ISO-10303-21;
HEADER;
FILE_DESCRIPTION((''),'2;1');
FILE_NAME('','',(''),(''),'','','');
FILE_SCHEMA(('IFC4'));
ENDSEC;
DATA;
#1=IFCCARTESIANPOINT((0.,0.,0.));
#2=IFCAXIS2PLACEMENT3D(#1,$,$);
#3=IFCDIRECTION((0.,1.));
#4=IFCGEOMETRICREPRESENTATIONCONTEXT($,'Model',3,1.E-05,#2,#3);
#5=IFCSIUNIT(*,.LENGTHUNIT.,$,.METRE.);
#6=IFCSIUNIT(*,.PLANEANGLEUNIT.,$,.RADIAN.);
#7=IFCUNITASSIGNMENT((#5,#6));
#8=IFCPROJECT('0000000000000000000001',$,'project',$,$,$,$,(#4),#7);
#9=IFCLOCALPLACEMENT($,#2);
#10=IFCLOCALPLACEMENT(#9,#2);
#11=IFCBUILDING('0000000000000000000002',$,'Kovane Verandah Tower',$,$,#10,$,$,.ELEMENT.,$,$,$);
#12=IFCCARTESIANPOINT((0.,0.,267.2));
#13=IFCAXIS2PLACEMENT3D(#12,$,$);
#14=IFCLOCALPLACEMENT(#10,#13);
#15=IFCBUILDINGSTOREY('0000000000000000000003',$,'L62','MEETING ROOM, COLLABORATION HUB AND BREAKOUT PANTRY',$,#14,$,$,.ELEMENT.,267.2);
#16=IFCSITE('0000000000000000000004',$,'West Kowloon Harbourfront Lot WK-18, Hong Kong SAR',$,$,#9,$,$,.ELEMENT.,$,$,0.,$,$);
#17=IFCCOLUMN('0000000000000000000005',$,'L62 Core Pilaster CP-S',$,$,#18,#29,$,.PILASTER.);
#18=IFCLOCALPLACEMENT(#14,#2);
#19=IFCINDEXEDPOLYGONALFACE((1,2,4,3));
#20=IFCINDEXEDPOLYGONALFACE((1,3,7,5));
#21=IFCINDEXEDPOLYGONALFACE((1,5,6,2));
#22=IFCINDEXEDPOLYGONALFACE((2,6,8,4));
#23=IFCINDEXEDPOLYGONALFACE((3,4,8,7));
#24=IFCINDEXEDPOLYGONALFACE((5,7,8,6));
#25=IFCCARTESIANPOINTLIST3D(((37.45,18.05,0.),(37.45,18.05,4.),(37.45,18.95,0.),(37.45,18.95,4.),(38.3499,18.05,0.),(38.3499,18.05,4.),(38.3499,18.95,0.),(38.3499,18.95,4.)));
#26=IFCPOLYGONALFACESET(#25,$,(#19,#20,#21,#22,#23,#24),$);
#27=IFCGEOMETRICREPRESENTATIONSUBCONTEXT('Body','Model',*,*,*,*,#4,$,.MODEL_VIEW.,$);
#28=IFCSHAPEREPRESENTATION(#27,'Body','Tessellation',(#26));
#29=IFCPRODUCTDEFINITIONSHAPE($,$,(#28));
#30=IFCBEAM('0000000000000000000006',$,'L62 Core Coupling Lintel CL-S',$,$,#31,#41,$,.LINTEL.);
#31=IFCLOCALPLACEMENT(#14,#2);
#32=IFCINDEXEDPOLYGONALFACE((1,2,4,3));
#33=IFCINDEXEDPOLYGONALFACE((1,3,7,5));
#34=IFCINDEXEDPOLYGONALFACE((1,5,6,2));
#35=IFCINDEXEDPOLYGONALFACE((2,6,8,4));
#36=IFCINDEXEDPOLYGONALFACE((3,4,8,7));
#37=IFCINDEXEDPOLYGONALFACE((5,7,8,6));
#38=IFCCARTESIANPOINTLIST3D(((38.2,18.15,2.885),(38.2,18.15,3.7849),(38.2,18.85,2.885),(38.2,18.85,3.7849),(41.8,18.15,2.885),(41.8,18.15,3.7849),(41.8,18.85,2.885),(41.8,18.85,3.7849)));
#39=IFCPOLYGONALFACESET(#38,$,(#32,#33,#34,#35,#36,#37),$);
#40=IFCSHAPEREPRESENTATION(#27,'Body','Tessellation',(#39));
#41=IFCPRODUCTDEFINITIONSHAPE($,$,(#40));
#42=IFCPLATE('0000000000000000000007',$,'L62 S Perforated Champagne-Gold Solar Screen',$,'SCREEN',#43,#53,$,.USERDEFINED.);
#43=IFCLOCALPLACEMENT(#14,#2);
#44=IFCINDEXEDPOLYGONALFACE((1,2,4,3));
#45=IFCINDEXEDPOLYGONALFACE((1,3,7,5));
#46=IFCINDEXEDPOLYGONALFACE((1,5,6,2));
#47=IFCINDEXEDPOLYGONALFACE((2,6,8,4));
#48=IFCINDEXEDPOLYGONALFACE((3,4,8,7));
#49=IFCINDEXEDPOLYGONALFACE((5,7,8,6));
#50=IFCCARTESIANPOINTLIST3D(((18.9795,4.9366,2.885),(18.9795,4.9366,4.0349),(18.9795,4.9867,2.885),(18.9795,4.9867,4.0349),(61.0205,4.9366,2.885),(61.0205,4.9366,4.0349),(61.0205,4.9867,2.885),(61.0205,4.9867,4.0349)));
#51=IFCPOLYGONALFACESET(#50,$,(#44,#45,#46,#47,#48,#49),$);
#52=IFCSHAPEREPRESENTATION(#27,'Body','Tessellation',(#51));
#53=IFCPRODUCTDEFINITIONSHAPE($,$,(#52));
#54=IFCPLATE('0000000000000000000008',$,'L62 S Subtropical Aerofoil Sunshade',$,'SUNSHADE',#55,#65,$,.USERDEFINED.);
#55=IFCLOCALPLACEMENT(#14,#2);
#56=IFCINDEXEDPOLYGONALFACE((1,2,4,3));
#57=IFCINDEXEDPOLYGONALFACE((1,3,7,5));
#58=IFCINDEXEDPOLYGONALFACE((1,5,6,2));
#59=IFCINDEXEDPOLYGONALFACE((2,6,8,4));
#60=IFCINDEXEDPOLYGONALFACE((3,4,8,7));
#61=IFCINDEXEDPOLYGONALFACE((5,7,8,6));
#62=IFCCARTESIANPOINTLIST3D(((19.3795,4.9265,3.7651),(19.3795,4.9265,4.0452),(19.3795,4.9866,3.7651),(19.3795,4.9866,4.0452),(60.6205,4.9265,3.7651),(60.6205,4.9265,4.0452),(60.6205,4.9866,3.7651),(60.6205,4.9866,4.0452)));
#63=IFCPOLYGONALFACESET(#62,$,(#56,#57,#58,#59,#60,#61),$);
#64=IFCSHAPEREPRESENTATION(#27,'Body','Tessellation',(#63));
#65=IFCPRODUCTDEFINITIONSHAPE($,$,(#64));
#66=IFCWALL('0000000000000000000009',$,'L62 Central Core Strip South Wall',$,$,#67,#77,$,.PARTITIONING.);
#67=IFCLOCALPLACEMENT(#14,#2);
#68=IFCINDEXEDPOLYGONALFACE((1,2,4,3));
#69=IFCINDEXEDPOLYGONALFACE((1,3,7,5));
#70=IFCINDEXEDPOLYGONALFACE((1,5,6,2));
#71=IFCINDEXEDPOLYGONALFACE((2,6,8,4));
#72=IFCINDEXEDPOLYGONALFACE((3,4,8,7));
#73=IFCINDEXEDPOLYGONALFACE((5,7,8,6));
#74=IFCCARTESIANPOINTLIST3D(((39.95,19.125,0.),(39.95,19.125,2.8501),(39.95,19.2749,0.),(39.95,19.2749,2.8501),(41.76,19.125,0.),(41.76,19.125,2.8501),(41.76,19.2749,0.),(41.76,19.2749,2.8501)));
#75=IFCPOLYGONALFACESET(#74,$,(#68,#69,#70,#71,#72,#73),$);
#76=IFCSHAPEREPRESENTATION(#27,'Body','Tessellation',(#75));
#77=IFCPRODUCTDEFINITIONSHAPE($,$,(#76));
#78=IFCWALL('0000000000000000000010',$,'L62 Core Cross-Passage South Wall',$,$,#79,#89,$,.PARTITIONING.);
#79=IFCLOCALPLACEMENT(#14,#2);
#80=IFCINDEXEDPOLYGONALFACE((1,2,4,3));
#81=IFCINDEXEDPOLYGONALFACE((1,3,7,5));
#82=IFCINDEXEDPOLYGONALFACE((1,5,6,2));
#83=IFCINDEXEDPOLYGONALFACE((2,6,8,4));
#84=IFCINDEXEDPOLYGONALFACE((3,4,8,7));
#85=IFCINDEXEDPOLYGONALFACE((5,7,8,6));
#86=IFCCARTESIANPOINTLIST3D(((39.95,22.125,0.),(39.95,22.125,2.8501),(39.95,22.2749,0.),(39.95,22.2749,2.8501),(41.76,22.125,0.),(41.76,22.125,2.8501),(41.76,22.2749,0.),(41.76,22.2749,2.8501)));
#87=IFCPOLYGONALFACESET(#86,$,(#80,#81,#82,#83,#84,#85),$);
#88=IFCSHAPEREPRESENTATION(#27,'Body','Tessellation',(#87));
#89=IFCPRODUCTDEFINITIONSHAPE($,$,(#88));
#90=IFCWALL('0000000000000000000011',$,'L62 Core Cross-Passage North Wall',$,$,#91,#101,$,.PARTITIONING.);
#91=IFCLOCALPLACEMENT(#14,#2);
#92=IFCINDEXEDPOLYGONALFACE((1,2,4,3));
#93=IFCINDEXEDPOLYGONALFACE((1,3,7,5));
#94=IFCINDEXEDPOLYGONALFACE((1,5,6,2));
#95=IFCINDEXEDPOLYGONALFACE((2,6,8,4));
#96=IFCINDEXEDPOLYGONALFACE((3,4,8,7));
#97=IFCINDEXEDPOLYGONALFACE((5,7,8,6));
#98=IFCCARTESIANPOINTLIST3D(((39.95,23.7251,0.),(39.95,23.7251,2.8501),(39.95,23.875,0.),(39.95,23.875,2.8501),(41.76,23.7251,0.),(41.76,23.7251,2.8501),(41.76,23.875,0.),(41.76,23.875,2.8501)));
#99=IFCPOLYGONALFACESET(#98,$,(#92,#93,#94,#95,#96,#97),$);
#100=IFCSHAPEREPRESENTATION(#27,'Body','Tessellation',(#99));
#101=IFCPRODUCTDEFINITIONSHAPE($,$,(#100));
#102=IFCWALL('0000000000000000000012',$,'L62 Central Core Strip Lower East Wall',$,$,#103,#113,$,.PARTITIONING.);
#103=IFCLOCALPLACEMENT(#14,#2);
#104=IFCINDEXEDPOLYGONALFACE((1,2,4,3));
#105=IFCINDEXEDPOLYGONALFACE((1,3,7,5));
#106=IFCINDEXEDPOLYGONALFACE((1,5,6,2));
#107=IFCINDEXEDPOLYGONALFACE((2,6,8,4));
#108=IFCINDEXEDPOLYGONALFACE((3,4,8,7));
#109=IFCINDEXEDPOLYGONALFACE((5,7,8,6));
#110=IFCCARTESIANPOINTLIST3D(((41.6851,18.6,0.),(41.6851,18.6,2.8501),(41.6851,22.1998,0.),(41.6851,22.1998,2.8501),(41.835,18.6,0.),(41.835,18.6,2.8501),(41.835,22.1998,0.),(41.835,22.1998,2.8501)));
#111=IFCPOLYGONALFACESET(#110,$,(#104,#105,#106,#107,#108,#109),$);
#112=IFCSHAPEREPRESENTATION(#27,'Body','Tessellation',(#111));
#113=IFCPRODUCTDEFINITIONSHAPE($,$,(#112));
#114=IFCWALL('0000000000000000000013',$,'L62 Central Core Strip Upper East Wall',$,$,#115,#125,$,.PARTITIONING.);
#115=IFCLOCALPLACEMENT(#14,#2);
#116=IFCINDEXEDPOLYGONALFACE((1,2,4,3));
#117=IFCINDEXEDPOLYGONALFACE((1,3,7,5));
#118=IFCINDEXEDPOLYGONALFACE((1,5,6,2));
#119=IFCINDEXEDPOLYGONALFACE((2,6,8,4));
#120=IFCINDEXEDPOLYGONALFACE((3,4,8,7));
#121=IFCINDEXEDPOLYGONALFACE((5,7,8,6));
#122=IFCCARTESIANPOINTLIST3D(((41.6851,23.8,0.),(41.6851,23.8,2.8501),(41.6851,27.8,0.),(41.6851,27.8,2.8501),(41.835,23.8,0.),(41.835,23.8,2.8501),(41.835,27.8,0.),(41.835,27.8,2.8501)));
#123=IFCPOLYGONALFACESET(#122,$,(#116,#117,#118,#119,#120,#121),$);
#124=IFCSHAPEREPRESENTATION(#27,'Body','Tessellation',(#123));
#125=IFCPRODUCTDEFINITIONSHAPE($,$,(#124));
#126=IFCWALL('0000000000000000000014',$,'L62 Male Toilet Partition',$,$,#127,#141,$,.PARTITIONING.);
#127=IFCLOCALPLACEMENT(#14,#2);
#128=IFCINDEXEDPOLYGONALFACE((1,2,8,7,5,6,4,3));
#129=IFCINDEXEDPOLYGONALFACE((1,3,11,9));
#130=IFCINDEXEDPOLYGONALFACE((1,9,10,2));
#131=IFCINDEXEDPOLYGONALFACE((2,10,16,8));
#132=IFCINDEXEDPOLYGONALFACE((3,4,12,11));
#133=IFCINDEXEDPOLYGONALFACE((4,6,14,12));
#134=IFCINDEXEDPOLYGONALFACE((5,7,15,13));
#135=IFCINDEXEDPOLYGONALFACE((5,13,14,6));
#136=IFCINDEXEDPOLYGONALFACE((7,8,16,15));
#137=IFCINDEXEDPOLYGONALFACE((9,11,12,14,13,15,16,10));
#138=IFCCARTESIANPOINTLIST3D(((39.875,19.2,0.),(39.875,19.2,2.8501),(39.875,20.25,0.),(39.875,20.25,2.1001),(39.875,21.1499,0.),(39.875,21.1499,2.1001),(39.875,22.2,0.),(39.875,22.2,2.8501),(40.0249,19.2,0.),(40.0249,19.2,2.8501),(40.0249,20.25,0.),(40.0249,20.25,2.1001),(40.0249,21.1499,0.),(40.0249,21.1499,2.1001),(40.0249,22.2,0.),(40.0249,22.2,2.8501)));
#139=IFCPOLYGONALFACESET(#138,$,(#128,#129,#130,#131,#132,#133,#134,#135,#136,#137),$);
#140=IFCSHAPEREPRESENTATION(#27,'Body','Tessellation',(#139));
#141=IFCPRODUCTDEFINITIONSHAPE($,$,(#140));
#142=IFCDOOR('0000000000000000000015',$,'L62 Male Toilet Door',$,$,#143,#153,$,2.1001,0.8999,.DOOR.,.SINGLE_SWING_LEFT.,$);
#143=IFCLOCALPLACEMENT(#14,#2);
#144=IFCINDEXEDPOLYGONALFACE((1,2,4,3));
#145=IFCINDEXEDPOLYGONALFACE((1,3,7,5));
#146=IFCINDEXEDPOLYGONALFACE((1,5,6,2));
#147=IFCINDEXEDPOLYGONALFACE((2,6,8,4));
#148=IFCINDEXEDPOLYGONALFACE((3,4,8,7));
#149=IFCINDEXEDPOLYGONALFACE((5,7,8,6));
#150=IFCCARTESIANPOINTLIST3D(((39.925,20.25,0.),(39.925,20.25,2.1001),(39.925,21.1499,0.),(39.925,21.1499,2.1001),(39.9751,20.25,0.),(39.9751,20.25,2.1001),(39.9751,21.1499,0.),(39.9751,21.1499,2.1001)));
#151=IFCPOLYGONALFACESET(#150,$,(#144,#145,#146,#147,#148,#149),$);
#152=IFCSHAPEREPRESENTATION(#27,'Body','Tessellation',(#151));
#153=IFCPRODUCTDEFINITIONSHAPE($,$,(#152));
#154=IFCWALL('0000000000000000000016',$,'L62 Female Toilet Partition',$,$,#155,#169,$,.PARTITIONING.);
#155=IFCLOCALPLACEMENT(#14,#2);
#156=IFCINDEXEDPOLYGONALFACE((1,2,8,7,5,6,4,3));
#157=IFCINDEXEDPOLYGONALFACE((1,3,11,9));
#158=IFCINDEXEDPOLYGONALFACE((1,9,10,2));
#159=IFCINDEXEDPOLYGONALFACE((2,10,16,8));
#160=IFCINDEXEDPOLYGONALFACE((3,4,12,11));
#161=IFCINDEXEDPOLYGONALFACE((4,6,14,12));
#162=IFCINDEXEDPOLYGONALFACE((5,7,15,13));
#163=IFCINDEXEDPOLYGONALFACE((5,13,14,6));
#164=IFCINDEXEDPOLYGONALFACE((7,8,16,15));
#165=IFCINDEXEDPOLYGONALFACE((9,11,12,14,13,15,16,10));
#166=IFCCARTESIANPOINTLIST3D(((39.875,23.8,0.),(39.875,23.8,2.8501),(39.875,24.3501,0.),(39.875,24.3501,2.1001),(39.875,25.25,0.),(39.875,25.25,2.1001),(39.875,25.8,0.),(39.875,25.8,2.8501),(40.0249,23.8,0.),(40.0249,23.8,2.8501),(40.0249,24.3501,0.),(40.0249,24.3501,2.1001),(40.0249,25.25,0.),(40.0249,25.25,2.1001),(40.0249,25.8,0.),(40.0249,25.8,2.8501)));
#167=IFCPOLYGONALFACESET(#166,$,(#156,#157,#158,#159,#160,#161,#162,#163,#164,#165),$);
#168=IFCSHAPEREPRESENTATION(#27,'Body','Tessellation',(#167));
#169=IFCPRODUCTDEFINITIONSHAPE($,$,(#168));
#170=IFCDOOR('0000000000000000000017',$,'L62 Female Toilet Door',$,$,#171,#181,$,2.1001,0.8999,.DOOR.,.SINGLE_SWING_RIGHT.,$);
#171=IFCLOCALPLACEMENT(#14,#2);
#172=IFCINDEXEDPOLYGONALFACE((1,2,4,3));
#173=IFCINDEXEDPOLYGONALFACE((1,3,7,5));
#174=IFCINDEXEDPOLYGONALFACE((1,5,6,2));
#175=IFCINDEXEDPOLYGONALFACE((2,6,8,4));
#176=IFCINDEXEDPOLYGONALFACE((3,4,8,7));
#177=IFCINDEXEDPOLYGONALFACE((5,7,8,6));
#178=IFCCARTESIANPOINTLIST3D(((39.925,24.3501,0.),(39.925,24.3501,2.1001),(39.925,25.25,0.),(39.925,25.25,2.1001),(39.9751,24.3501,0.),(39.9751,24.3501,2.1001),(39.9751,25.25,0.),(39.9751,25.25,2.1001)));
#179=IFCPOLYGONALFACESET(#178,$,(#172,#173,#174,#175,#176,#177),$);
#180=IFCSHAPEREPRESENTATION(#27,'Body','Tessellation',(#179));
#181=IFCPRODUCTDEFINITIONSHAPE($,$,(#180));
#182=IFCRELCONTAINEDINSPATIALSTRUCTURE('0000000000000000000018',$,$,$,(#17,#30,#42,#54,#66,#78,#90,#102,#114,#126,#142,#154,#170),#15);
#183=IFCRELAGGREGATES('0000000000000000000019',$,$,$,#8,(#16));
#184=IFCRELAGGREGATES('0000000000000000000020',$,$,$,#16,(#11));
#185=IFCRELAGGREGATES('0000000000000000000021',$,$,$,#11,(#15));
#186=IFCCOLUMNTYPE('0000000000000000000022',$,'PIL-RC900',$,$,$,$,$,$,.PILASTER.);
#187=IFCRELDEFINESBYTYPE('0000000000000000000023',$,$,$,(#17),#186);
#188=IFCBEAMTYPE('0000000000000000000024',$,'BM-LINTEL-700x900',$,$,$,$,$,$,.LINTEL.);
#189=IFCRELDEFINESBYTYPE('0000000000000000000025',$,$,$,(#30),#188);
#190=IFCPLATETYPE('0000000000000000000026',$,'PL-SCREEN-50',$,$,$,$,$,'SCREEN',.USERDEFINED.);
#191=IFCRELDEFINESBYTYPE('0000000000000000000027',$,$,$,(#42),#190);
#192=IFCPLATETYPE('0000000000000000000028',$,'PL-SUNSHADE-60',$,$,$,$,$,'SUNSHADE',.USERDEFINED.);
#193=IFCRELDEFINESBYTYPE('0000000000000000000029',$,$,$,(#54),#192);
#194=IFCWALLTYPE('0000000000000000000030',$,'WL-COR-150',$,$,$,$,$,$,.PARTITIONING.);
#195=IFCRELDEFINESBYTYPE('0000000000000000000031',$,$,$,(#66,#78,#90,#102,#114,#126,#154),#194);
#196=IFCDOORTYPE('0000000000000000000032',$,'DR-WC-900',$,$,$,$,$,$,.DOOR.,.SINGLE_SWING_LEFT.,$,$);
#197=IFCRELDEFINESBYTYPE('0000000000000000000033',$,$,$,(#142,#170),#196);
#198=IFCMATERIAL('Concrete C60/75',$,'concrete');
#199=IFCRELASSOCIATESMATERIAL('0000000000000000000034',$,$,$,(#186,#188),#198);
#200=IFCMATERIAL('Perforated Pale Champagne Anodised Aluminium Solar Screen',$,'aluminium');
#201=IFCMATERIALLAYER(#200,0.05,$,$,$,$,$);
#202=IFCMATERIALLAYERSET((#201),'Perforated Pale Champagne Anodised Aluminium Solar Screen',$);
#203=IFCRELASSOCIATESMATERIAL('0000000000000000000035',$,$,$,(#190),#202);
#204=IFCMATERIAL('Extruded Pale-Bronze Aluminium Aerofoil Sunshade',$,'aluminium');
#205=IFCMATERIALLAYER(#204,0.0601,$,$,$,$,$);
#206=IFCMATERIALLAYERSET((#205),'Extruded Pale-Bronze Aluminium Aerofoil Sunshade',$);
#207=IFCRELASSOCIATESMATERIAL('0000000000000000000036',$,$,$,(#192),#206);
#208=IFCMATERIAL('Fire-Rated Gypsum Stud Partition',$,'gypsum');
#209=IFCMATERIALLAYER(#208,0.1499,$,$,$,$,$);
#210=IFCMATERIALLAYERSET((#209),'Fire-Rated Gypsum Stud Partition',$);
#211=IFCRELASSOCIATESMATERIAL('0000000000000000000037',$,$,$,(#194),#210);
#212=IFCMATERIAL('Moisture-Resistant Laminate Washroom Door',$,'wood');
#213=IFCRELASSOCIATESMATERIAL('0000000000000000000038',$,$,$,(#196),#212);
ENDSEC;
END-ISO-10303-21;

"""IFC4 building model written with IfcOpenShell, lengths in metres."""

from ifc_helpers import new_model, si_unit, direction, frame, frame_2d, origin, origin_2d, place, context, subcontext, project, spatial, rectangle, extrude, material, layer, layer_set, material_profile, profile_set, type_object, element, fill, save


model = new_model("IFC4")

# Units and contexts
model_context = context("Model", 3, precision=1e-05, world=origin(), true_north=direction((0.0, 1.0)))
body_context = subcontext(model_context, "Body", "Model", "MODEL_VIEW")
ifc_project = project(units=[si_unit("LENGTHUNIT", "METRE"), si_unit("PLANEANGLEUNIT", "RADIAN")], contexts=[model_context])

# Site, building, storey
site_placement = place(None, origin())
site = spatial("IfcSite", under=ifc_project, at=site_placement, Name="West Kowloon Harbourfront Lot WK-18, Hong Kong SAR", CompositionType="ELEMENT", RefElevation=0.0)
building_placement = place(site_placement, origin())
building = spatial("IfcBuilding", under=site, at=building_placement, Name="Kovane Verandah Tower", CompositionType="ELEMENT")
storey_placement = place(building_placement, frame((0.0, 0.0, 267.2)))
storey = spatial("IfcBuildingStorey", under=building, at=storey_placement, Name="L62", Description="MEETING ROOM, COLLABORATION HUB AND BREAKOUT PANTRY", CompositionType="ELEMENT", Elevation=267.2)

# Column
ifc_material_1 = material(Name="Concrete C60/75", Category="concrete")
ifc_material_profile_1 = material_profile(ifc_material_1, rectangle(XDim=0.8999, YDim=0.8999, at=origin_2d()), Name="RC900x900")
ifc_profile_set_1 = profile_set([ifc_material_profile_1], Name="Concrete C60/75")
column_type = type_object("IfcColumnType", Name="PIL-RC900", PredefinedType="PILASTER", material=ifc_profile_set_1)
column_placement = place(storey_placement, frame((37.8999, 18.5, 0.0), z_axis=(0.0, 0.0, 1.0), x_axis=(1.0, 0.0, 0.0)))
element("IfcColumn", 1, at=column_placement, inside=storey, type_object=column_type, Name="L62 Core Pilaster CP-S", PredefinedType="PILASTER", context=body_context, shape_type="SweptSolid", body=[
    extrude(rectangle(XDim=0.8999, YDim=0.8999, at=origin_2d()), origin(), (0.0, 0.0, 1.0), 4.0),
])

# Beam
ifc_material_profile_2 = material_profile(ifc_material_1, rectangle(XDim=0.7, YDim=0.8999, at=origin_2d()), Name="RCB700x900")
ifc_profile_set_2 = profile_set([ifc_material_profile_2], Name="Concrete C60/75")
beam_type = type_object("IfcBeamType", Name="BM-LINTEL-700x900", PredefinedType="LINTEL", material=ifc_profile_set_2)
beam_placement = place(storey_placement, frame((38.2, 18.5, 3.335), z_axis=(1.0, 0.0, 0.0), x_axis=(0.0, 1.0, 0.0)))
element("IfcBeam", 2, at=beam_placement, inside=storey, type_object=beam_type, Name="L62 Core Coupling Lintel CL-S", PredefinedType="LINTEL", context=body_context, shape_type="SweptSolid", body=[
    extrude(rectangle(XDim=0.7, YDim=0.8999, at=origin_2d()), origin(), (0.0, 0.0, 1.0), 3.6001),
])

# Plates
ifc_material_2 = material(Name="Perforated Pale Champagne Anodised Aluminium Solar Screen", Category="aluminium")
ifc_layer_1 = layer(ifc_material_2, 0.05)
ifc_layer_set_1 = layer_set([ifc_layer_1], Name="Perforated Pale Champagne Anodised Aluminium Solar Screen")
plate_type_1 = type_object("IfcPlateType", Name="PL-SCREEN-50", ElementType="SCREEN", PredefinedType="USERDEFINED", material=ifc_layer_set_1)
plate_1_placement = place(storey_placement, frame((40.0, 4.9617, 2.885), z_axis=(0.0, 0.0, 1.0), x_axis=(1.0, 0.0, 0.0)))
element("IfcPlate", 3, at=plate_1_placement, inside=storey, type_object=plate_type_1, Name="L62 S Perforated Champagne-Gold Solar Screen", ObjectType="SCREEN", PredefinedType="USERDEFINED", context=body_context, shape_type="SweptSolid", body=[
    extrude(rectangle(XDim=42.041, YDim=0.05, at=origin_2d()), origin(), (0.0, 0.0, 1.0), 1.1499),
])
ifc_material_3 = material(Name="Extruded Pale-Bronze Aluminium Aerofoil Sunshade", Category="aluminium")
ifc_layer_2 = layer(ifc_material_3, 0.0601)
ifc_layer_set_2 = layer_set([ifc_layer_2], Name="Extruded Pale-Bronze Aluminium Aerofoil Sunshade")
plate_type_2 = type_object("IfcPlateType", Name="PL-SUNSHADE-60", ElementType="SUNSHADE", PredefinedType="USERDEFINED", material=ifc_layer_set_2)
plate_2_placement = place(storey_placement, frame((40.0, 4.9565, 3.7651), z_axis=(0.0, 0.0, 1.0), x_axis=(1.0, 0.0, 0.0)))
element("IfcPlate", 4, at=plate_2_placement, inside=storey, type_object=plate_type_2, Name="L62 S Subtropical Aerofoil Sunshade", ObjectType="SUNSHADE", PredefinedType="USERDEFINED", context=body_context, shape_type="SweptSolid", body=[
    extrude(rectangle(XDim=41.241, YDim=0.0601, at=origin_2d()), origin(), (0.0, 0.0, 1.0), 0.28),
])

# Walls
ifc_material_4 = material(Name="Fire-Rated Gypsum Stud Partition", Category="gypsum")
ifc_layer_3 = layer(ifc_material_4, 0.1499)
ifc_layer_set_3 = layer_set([ifc_layer_3], Name="Fire-Rated Gypsum Stud Partition")
wall_type_1 = type_object("IfcWallType", Name="WL-COR-150", PredefinedType="PARTITIONING", material=ifc_layer_set_3)
for number, where, z_axis, x_axis, name in (
    (5, (39.95, 19.2, 0.0), (0.0, 0.0, 1.0), (1.0, 0.0, 0.0), "L62 Central Core Strip South Wall"),
    (6, (39.95, 22.2, 0.0), (0.0, 0.0, 1.0), (1.0, 0.0, 0.0), "L62 Core Cross-Passage South Wall"),
    (7, (39.95, 23.8, 0.0), (0.0, 0.0, 1.0), (1.0, 0.0, 0.0), "L62 Core Cross-Passage North Wall"),
):
    element("IfcWall", number, at=place(storey_placement, frame(where, z_axis=z_axis, x_axis=x_axis)), inside=storey, type_object=wall_type_1, Name=name, PredefinedType="PARTITIONING", context=body_context, shape_type="SweptSolid", body=[
        extrude(rectangle(XDim=1.8101, YDim=0.1499, at=frame_2d((0.905, 0.0))), origin(), (0.0, 0.0, 1.0), 2.8501),
    ])
wall_1_placement = place(storey_placement, frame((41.76, 18.6001, 0.0), z_axis=(0.0, 0.0, 1.0), x_axis=(0.0, 1.0, 0.0)))
element("IfcWall", 8, at=wall_1_placement, inside=storey, type_object=wall_type_1, Name="L62 Central Core Strip Lower East Wall", PredefinedType="PARTITIONING", context=body_context, shape_type="SweptSolid", body=[
    extrude(rectangle(XDim=3.5999, YDim=0.1499, at=frame_2d((1.7998, 0.0))), origin(), (0.0, 0.0, 1.0), 2.8501),
])
wall_2_placement = place(storey_placement, frame((41.76, 23.8, 0.0), z_axis=(0.0, 0.0, 1.0), x_axis=(0.0, 1.0, 0.0)))
element("IfcWall", 9, at=wall_2_placement, inside=storey, type_object=wall_type_1, Name="L62 Central Core Strip Upper East Wall", PredefinedType="PARTITIONING", context=body_context, shape_type="SweptSolid", body=[
    extrude(rectangle(XDim=4.0, YDim=0.1499, at=frame_2d((2.0, 0.0))), origin(), (0.0, 0.0, 1.0), 2.8501),
])

# Walls, openings, doors
wall_3_placement = place(storey_placement, frame((39.95, 19.2, 0.0), z_axis=(0.0, 0.0, 1.0), x_axis=(0.0, 1.0, 0.0)))
wall_3 = element("IfcWall", 10, at=wall_3_placement, inside=storey, type_object=wall_type_1, Name="L62 Male Toilet Partition", PredefinedType="PARTITIONING", context=body_context, shape_type="SweptSolid", body=[
    extrude(rectangle(XDim=3.0, YDim=0.1499, at=frame_2d((1.5, 0.0))), origin(), (0.0, 0.0, 1.0), 2.8501),
])
opening_1_placement = place(wall_3_placement, frame((1.05, 0.0, 0.0)))
opening_1 = element("IfcOpeningElement", 11, at=opening_1_placement, cuts=wall_3, PredefinedType="OPENING", context=body_context, shape_type="SweptSolid", body=[
    extrude(rectangle(XDim=0.8999, YDim=2.1001, at=frame_2d((0.45, 1.05))), frame((0.0, 0.075, 0.0), z_axis=(0.0, -1.0, 0.0), x_axis=(1.0, 0.0, 0.0)), (0.0, 0.0, 1.0), 0.1499),
])
ifc_material_5 = material(Name="Moisture-Resistant Laminate Washroom Door", Category="wood")
door_type_1 = type_object("IfcDoorType", Name="DR-WC-900", OperationType="SINGLE_SWING_LEFT", PredefinedType="DOOR", material=ifc_material_5)
door_1_placement = place(opening_1_placement, origin())
door_1 = element("IfcDoor", 12, at=door_1_placement, inside=storey, type_object=door_type_1, Name="L62 Male Toilet Door", OperationType="SINGLE_SWING_LEFT", OverallHeight=2.1001, OverallWidth=0.8999, PredefinedType="DOOR", context=body_context, shape_type="SweptSolid", body=[
    extrude(rectangle(XDim=0.8999, YDim=2.1001, at=frame_2d((0.45, 1.05))), frame((0.0, 0.0249, 0.0), z_axis=(0.0, -1.0, 0.0), x_axis=(1.0, 0.0, 0.0)), (0.0, 0.0, 1.0), 0.05),
])
fill(opening_1, door_1)
wall_4_placement = place(storey_placement, frame((39.95, 23.8, 0.0), z_axis=(0.0, 0.0, 1.0), x_axis=(0.0, 1.0, 0.0)))
wall_4 = element("IfcWall", 13, at=wall_4_placement, inside=storey, type_object=wall_type_1, Name="L62 Female Toilet Partition", PredefinedType="PARTITIONING", context=body_context, shape_type="SweptSolid", body=[
    extrude(rectangle(XDim=2.0, YDim=0.1499, at=frame_2d((1.0, 0.0))), origin(), (0.0, 0.0, 1.0), 2.8501),
])
opening_2_placement = place(wall_4_placement, frame((0.55, 0.0, 0.0)))
opening_2 = element("IfcOpeningElement", 14, at=opening_2_placement, cuts=wall_4, PredefinedType="OPENING", context=body_context, shape_type="SweptSolid", body=[
    extrude(rectangle(XDim=0.8999, YDim=2.1001, at=frame_2d((0.45, 1.05))), frame((0.0, 0.075, 0.0), z_axis=(0.0, -1.0, 0.0), x_axis=(1.0, 0.0, 0.0)), (0.0, 0.0, 1.0), 0.1499),
])
door_2_placement = place(opening_2_placement, origin())
door_2 = element("IfcDoor", 15, at=door_2_placement, inside=storey, type_object=door_type_1, Name="L62 Female Toilet Door", OperationType="SINGLE_SWING_RIGHT", OverallHeight=2.1001, OverallWidth=0.8999, PredefinedType="DOOR", context=body_context, shape_type="SweptSolid", body=[
    extrude(rectangle(XDim=0.8999, YDim=2.1001, at=frame_2d((0.45, 1.05))), frame((0.0, 0.0249, 0.0), z_axis=(0.0, -1.0, 0.0), x_axis=(1.0, 0.0, 0.0)), (0.0, 0.0, 1.0), 0.05),
])
fill(opening_2, door_2)

save(model, "model.ifc")
